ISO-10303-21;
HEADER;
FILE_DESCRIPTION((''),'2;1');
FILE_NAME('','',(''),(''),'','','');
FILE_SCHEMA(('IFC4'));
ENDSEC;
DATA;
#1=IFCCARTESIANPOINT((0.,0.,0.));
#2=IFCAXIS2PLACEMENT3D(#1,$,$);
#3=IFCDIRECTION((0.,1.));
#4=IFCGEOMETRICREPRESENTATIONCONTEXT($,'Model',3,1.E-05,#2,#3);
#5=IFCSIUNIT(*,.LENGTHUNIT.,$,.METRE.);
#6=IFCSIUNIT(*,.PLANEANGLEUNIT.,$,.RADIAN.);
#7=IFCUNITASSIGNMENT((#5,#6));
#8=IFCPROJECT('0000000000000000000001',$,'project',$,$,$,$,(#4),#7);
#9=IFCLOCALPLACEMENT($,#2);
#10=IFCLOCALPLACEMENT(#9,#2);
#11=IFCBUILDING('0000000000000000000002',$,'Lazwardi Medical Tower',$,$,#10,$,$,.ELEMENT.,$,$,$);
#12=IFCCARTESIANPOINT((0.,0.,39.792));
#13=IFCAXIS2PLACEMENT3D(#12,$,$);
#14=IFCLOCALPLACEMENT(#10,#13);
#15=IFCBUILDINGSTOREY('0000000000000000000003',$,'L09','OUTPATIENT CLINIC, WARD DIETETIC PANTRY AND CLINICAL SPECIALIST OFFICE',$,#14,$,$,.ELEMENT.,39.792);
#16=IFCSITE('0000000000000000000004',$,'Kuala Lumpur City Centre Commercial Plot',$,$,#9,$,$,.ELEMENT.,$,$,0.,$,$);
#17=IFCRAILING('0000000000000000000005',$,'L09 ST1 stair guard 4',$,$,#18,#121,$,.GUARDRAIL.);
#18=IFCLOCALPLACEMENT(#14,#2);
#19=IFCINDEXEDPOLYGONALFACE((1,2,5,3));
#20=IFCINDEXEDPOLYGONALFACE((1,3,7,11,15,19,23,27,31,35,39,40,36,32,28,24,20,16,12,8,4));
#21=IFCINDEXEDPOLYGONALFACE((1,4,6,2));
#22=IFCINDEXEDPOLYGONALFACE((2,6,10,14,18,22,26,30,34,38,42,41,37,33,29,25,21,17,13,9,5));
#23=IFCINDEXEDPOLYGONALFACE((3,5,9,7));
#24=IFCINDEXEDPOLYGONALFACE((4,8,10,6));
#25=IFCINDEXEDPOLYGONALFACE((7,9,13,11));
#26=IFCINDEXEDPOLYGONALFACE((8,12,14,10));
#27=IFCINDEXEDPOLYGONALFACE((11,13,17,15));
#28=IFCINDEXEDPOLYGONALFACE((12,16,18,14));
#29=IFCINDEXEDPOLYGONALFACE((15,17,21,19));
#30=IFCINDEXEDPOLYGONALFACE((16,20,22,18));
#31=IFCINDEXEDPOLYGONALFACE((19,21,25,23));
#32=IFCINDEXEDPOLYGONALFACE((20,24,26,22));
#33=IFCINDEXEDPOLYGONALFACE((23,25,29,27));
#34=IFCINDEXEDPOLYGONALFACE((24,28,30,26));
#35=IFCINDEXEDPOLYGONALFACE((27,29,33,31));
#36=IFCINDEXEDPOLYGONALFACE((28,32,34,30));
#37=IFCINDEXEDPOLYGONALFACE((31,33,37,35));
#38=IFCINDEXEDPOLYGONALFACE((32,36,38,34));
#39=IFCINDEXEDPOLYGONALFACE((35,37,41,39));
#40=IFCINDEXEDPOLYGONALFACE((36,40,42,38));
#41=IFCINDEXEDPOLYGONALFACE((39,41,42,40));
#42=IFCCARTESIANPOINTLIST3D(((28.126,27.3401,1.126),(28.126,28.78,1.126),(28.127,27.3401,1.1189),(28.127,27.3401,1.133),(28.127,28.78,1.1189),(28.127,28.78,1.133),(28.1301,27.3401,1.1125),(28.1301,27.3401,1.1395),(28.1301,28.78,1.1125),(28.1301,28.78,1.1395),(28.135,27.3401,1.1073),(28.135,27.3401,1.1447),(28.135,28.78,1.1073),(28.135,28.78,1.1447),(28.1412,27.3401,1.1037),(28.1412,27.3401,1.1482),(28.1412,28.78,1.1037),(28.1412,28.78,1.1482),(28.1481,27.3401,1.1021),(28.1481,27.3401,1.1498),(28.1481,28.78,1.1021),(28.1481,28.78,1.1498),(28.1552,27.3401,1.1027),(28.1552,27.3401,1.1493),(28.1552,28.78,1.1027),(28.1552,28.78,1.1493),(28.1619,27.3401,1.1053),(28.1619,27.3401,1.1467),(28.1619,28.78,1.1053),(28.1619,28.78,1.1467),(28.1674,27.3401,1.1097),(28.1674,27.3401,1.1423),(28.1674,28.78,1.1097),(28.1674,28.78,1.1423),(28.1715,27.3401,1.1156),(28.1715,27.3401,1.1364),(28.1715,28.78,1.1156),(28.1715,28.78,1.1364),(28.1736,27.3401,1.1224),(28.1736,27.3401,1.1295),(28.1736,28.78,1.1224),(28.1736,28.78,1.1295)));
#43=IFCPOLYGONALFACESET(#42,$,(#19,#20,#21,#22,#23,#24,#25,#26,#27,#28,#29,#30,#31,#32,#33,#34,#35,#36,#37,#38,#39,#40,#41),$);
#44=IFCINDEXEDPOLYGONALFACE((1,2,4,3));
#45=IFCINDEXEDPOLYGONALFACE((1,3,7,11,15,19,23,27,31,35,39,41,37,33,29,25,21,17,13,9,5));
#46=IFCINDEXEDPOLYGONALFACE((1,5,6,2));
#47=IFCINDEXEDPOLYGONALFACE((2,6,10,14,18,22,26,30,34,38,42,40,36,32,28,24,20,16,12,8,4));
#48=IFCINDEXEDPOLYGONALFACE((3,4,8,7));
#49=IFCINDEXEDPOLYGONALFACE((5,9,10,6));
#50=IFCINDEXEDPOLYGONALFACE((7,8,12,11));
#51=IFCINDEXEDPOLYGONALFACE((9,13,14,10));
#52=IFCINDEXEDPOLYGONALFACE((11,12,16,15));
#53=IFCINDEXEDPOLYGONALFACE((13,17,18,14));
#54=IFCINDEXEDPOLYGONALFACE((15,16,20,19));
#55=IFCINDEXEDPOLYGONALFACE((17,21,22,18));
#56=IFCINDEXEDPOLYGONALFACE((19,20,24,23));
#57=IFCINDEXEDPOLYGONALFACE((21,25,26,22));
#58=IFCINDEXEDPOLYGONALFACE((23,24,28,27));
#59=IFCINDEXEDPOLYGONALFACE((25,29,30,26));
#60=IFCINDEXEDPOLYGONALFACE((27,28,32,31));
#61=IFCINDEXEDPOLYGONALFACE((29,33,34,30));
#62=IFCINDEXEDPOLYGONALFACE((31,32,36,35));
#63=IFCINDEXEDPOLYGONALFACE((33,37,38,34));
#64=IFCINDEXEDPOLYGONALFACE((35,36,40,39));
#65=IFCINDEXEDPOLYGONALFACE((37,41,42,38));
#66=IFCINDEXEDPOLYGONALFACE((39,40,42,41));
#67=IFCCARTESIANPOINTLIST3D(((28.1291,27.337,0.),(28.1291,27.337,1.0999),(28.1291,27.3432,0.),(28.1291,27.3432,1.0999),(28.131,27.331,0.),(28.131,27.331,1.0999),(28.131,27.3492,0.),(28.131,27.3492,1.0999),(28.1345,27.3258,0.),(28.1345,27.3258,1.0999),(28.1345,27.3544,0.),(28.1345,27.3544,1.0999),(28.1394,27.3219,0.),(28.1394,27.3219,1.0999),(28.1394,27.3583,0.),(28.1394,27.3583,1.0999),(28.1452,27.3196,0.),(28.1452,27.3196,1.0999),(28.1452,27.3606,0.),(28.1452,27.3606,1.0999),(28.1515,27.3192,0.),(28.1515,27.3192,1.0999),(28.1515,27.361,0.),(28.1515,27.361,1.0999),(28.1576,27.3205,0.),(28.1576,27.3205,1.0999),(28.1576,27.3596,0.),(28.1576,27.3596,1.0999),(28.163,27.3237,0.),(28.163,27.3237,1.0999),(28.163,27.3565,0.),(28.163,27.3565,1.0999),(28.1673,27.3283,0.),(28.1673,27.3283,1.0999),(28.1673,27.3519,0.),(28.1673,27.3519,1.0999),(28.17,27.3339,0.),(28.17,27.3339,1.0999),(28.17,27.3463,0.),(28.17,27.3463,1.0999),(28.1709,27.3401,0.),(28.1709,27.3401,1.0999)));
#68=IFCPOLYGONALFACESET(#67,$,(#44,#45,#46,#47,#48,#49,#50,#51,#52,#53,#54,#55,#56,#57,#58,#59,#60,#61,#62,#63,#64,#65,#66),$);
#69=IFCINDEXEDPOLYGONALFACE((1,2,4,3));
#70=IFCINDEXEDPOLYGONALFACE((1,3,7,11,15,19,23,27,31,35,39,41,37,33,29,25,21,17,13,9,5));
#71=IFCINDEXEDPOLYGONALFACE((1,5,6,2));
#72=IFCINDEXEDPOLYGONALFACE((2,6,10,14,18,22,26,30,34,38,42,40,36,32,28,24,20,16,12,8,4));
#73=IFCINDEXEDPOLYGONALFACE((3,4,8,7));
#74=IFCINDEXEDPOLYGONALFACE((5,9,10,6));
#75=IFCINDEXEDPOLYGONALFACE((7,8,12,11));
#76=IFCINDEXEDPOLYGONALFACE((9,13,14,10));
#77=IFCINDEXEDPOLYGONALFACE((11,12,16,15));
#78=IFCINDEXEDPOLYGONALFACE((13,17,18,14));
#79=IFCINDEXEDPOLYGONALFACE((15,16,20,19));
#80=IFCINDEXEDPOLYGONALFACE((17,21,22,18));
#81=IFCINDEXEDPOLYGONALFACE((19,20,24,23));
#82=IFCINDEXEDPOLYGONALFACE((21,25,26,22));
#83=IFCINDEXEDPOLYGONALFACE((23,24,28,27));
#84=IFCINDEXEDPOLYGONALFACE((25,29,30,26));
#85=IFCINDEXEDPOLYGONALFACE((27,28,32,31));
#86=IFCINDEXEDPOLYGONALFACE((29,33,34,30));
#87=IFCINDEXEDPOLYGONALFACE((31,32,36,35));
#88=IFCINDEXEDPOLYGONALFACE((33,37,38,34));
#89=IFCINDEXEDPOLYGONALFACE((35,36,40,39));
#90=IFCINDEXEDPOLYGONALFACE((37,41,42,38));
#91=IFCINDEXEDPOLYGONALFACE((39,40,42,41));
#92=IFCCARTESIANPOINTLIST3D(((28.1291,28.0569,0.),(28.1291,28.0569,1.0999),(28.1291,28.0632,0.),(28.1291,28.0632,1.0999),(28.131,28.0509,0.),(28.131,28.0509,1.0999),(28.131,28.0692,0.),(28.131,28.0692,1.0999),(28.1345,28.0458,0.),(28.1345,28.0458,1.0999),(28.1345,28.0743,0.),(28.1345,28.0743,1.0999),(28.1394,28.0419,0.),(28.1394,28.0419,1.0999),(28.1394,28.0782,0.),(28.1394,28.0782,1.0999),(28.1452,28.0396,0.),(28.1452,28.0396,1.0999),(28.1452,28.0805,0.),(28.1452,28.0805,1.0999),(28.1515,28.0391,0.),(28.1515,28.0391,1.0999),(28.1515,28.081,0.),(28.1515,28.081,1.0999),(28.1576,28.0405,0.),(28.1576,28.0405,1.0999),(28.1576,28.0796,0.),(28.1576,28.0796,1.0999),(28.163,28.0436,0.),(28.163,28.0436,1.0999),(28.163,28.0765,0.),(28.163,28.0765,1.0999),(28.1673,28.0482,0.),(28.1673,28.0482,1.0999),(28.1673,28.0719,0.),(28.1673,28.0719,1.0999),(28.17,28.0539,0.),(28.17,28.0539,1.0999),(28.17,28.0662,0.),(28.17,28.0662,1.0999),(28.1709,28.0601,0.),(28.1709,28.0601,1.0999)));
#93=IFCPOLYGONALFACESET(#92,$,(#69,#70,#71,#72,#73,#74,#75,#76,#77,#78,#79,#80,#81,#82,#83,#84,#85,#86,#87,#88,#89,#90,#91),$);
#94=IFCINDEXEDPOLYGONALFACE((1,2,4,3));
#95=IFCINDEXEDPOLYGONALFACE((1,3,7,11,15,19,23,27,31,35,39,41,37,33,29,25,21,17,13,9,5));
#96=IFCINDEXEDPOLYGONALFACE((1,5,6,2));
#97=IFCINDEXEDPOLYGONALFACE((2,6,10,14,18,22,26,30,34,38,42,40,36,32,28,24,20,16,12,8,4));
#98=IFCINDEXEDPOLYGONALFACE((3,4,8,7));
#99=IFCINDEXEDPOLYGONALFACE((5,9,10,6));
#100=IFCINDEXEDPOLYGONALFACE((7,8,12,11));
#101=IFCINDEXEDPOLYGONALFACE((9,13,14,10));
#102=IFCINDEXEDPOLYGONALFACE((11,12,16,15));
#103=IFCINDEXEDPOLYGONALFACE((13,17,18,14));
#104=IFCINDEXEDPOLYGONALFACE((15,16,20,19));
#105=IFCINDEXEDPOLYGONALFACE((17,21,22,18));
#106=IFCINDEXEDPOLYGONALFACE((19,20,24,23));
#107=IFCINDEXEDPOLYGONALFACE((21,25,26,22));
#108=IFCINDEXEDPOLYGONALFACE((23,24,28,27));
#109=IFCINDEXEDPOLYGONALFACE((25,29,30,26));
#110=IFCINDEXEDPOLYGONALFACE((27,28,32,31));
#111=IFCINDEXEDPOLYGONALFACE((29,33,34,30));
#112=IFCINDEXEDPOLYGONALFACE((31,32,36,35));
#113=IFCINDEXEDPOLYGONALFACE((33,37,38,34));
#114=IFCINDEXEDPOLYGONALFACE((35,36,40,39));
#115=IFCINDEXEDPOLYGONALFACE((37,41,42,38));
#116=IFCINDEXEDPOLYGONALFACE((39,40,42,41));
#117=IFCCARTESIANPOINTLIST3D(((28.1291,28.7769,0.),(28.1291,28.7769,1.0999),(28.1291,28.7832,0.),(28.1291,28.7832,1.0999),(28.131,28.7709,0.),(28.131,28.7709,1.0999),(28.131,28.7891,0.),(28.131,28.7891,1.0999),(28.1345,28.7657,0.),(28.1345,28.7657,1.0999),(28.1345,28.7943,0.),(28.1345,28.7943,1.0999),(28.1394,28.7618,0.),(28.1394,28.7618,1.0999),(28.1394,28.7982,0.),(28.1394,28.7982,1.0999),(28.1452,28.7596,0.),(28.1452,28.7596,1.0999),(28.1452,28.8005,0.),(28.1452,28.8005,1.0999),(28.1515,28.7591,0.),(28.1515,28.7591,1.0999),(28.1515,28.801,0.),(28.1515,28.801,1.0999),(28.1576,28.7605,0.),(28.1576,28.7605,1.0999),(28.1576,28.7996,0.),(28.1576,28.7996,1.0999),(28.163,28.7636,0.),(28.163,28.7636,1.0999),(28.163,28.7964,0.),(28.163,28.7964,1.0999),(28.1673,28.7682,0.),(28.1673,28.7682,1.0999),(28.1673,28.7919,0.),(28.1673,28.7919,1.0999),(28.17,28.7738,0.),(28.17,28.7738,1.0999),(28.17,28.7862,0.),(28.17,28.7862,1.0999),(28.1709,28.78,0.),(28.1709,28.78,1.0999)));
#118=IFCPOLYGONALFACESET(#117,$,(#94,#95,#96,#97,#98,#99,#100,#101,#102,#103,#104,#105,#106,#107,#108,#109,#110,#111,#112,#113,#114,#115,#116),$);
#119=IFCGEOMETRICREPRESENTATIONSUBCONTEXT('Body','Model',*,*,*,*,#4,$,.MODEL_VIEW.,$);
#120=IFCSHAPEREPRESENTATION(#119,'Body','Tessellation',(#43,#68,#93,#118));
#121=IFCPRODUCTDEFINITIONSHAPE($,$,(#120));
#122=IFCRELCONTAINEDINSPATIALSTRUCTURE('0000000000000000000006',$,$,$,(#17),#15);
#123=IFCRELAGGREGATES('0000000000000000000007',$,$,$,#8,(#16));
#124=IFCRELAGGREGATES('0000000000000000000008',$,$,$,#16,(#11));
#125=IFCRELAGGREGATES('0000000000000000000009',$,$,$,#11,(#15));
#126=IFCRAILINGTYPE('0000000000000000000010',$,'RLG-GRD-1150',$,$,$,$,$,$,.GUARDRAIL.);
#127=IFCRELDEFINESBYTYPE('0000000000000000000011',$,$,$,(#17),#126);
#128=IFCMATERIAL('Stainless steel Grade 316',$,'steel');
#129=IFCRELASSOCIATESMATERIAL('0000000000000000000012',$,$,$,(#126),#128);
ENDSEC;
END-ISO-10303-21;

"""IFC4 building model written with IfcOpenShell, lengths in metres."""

from ifc_helpers import new_model, si_unit, direction, frame, origin, origin_2d, place, context, subcontext, project, spatial, circle, extrude, material, type_object, element, save


model = new_model("IFC4")

# Units and contexts
model_context = context("Model", 3, precision=1e-05, world=origin(), true_north=direction((0.0, 1.0)))
body_context = subcontext(model_context, "Body", "Model", "MODEL_VIEW")
ifc_project = project(units=[si_unit("LENGTHUNIT", "METRE"), si_unit("PLANEANGLEUNIT", "RADIAN")], contexts=[model_context])

# Site, building, storey
site_placement = place(None, origin())
site = spatial("IfcSite", under=ifc_project, at=site_placement, Name="Kuala Lumpur City Centre Commercial Plot", CompositionType="ELEMENT", RefElevation=0.0)
building_placement = place(site_placement, origin())
building = spatial("IfcBuilding", under=site, at=building_placement, Name="Lazwardi Medical Tower", CompositionType="ELEMENT")
storey_placement = place(building_placement, frame((0.0, 0.0, 39.792)))
storey = spatial("IfcBuildingStorey", under=building, at=storey_placement, Name="L09", Description="OUTPATIENT CLINIC, WARD DIETETIC PANTRY AND CLINICAL SPECIALIST OFFICE", CompositionType="ELEMENT", Elevation=39.792)

# Railing
ifc_material_1 = material(Name="Stainless steel Grade 316", Category="steel")
railing_type_1 = type_object("IfcRailingType", Name="RLG-GRD-1150", PredefinedType="GUARDRAIL", material=ifc_material_1)
railing_1_placement = place(storey_placement, frame((28.1499, 27.3401, 0.0)))
element("IfcRailing", 1, at=railing_1_placement, inside=storey, type_object=railing_type_1, Name="L09 ST1 stair guard 4", PredefinedType="GUARDRAIL", context=body_context, shape_type="SweptSolid", body=[
    extrude(circle(Radius=0.0239, at=origin_2d()), frame((0.0, 0.0, 1.126), z_axis=(0.0, 1.0, 0.0), x_axis=(-1.0, 0.0, 0.0)), (0.0, 0.0, 1.0), 1.4399),
    extrude(circle(Radius=0.021, at=origin_2d()), origin(), (0.0, 0.0, 1.0), 1.0999),
    extrude(circle(Radius=0.021, at=origin_2d()), frame((0.0, 0.72, 0.0)), (0.0, 0.0, 1.0), 1.0999),
    extrude(circle(Radius=0.021, at=origin_2d()), frame((0.0, 1.4399, 0.0)), (0.0, 0.0, 1.0), 1.0999),
])

save(model, "model.ifc")
